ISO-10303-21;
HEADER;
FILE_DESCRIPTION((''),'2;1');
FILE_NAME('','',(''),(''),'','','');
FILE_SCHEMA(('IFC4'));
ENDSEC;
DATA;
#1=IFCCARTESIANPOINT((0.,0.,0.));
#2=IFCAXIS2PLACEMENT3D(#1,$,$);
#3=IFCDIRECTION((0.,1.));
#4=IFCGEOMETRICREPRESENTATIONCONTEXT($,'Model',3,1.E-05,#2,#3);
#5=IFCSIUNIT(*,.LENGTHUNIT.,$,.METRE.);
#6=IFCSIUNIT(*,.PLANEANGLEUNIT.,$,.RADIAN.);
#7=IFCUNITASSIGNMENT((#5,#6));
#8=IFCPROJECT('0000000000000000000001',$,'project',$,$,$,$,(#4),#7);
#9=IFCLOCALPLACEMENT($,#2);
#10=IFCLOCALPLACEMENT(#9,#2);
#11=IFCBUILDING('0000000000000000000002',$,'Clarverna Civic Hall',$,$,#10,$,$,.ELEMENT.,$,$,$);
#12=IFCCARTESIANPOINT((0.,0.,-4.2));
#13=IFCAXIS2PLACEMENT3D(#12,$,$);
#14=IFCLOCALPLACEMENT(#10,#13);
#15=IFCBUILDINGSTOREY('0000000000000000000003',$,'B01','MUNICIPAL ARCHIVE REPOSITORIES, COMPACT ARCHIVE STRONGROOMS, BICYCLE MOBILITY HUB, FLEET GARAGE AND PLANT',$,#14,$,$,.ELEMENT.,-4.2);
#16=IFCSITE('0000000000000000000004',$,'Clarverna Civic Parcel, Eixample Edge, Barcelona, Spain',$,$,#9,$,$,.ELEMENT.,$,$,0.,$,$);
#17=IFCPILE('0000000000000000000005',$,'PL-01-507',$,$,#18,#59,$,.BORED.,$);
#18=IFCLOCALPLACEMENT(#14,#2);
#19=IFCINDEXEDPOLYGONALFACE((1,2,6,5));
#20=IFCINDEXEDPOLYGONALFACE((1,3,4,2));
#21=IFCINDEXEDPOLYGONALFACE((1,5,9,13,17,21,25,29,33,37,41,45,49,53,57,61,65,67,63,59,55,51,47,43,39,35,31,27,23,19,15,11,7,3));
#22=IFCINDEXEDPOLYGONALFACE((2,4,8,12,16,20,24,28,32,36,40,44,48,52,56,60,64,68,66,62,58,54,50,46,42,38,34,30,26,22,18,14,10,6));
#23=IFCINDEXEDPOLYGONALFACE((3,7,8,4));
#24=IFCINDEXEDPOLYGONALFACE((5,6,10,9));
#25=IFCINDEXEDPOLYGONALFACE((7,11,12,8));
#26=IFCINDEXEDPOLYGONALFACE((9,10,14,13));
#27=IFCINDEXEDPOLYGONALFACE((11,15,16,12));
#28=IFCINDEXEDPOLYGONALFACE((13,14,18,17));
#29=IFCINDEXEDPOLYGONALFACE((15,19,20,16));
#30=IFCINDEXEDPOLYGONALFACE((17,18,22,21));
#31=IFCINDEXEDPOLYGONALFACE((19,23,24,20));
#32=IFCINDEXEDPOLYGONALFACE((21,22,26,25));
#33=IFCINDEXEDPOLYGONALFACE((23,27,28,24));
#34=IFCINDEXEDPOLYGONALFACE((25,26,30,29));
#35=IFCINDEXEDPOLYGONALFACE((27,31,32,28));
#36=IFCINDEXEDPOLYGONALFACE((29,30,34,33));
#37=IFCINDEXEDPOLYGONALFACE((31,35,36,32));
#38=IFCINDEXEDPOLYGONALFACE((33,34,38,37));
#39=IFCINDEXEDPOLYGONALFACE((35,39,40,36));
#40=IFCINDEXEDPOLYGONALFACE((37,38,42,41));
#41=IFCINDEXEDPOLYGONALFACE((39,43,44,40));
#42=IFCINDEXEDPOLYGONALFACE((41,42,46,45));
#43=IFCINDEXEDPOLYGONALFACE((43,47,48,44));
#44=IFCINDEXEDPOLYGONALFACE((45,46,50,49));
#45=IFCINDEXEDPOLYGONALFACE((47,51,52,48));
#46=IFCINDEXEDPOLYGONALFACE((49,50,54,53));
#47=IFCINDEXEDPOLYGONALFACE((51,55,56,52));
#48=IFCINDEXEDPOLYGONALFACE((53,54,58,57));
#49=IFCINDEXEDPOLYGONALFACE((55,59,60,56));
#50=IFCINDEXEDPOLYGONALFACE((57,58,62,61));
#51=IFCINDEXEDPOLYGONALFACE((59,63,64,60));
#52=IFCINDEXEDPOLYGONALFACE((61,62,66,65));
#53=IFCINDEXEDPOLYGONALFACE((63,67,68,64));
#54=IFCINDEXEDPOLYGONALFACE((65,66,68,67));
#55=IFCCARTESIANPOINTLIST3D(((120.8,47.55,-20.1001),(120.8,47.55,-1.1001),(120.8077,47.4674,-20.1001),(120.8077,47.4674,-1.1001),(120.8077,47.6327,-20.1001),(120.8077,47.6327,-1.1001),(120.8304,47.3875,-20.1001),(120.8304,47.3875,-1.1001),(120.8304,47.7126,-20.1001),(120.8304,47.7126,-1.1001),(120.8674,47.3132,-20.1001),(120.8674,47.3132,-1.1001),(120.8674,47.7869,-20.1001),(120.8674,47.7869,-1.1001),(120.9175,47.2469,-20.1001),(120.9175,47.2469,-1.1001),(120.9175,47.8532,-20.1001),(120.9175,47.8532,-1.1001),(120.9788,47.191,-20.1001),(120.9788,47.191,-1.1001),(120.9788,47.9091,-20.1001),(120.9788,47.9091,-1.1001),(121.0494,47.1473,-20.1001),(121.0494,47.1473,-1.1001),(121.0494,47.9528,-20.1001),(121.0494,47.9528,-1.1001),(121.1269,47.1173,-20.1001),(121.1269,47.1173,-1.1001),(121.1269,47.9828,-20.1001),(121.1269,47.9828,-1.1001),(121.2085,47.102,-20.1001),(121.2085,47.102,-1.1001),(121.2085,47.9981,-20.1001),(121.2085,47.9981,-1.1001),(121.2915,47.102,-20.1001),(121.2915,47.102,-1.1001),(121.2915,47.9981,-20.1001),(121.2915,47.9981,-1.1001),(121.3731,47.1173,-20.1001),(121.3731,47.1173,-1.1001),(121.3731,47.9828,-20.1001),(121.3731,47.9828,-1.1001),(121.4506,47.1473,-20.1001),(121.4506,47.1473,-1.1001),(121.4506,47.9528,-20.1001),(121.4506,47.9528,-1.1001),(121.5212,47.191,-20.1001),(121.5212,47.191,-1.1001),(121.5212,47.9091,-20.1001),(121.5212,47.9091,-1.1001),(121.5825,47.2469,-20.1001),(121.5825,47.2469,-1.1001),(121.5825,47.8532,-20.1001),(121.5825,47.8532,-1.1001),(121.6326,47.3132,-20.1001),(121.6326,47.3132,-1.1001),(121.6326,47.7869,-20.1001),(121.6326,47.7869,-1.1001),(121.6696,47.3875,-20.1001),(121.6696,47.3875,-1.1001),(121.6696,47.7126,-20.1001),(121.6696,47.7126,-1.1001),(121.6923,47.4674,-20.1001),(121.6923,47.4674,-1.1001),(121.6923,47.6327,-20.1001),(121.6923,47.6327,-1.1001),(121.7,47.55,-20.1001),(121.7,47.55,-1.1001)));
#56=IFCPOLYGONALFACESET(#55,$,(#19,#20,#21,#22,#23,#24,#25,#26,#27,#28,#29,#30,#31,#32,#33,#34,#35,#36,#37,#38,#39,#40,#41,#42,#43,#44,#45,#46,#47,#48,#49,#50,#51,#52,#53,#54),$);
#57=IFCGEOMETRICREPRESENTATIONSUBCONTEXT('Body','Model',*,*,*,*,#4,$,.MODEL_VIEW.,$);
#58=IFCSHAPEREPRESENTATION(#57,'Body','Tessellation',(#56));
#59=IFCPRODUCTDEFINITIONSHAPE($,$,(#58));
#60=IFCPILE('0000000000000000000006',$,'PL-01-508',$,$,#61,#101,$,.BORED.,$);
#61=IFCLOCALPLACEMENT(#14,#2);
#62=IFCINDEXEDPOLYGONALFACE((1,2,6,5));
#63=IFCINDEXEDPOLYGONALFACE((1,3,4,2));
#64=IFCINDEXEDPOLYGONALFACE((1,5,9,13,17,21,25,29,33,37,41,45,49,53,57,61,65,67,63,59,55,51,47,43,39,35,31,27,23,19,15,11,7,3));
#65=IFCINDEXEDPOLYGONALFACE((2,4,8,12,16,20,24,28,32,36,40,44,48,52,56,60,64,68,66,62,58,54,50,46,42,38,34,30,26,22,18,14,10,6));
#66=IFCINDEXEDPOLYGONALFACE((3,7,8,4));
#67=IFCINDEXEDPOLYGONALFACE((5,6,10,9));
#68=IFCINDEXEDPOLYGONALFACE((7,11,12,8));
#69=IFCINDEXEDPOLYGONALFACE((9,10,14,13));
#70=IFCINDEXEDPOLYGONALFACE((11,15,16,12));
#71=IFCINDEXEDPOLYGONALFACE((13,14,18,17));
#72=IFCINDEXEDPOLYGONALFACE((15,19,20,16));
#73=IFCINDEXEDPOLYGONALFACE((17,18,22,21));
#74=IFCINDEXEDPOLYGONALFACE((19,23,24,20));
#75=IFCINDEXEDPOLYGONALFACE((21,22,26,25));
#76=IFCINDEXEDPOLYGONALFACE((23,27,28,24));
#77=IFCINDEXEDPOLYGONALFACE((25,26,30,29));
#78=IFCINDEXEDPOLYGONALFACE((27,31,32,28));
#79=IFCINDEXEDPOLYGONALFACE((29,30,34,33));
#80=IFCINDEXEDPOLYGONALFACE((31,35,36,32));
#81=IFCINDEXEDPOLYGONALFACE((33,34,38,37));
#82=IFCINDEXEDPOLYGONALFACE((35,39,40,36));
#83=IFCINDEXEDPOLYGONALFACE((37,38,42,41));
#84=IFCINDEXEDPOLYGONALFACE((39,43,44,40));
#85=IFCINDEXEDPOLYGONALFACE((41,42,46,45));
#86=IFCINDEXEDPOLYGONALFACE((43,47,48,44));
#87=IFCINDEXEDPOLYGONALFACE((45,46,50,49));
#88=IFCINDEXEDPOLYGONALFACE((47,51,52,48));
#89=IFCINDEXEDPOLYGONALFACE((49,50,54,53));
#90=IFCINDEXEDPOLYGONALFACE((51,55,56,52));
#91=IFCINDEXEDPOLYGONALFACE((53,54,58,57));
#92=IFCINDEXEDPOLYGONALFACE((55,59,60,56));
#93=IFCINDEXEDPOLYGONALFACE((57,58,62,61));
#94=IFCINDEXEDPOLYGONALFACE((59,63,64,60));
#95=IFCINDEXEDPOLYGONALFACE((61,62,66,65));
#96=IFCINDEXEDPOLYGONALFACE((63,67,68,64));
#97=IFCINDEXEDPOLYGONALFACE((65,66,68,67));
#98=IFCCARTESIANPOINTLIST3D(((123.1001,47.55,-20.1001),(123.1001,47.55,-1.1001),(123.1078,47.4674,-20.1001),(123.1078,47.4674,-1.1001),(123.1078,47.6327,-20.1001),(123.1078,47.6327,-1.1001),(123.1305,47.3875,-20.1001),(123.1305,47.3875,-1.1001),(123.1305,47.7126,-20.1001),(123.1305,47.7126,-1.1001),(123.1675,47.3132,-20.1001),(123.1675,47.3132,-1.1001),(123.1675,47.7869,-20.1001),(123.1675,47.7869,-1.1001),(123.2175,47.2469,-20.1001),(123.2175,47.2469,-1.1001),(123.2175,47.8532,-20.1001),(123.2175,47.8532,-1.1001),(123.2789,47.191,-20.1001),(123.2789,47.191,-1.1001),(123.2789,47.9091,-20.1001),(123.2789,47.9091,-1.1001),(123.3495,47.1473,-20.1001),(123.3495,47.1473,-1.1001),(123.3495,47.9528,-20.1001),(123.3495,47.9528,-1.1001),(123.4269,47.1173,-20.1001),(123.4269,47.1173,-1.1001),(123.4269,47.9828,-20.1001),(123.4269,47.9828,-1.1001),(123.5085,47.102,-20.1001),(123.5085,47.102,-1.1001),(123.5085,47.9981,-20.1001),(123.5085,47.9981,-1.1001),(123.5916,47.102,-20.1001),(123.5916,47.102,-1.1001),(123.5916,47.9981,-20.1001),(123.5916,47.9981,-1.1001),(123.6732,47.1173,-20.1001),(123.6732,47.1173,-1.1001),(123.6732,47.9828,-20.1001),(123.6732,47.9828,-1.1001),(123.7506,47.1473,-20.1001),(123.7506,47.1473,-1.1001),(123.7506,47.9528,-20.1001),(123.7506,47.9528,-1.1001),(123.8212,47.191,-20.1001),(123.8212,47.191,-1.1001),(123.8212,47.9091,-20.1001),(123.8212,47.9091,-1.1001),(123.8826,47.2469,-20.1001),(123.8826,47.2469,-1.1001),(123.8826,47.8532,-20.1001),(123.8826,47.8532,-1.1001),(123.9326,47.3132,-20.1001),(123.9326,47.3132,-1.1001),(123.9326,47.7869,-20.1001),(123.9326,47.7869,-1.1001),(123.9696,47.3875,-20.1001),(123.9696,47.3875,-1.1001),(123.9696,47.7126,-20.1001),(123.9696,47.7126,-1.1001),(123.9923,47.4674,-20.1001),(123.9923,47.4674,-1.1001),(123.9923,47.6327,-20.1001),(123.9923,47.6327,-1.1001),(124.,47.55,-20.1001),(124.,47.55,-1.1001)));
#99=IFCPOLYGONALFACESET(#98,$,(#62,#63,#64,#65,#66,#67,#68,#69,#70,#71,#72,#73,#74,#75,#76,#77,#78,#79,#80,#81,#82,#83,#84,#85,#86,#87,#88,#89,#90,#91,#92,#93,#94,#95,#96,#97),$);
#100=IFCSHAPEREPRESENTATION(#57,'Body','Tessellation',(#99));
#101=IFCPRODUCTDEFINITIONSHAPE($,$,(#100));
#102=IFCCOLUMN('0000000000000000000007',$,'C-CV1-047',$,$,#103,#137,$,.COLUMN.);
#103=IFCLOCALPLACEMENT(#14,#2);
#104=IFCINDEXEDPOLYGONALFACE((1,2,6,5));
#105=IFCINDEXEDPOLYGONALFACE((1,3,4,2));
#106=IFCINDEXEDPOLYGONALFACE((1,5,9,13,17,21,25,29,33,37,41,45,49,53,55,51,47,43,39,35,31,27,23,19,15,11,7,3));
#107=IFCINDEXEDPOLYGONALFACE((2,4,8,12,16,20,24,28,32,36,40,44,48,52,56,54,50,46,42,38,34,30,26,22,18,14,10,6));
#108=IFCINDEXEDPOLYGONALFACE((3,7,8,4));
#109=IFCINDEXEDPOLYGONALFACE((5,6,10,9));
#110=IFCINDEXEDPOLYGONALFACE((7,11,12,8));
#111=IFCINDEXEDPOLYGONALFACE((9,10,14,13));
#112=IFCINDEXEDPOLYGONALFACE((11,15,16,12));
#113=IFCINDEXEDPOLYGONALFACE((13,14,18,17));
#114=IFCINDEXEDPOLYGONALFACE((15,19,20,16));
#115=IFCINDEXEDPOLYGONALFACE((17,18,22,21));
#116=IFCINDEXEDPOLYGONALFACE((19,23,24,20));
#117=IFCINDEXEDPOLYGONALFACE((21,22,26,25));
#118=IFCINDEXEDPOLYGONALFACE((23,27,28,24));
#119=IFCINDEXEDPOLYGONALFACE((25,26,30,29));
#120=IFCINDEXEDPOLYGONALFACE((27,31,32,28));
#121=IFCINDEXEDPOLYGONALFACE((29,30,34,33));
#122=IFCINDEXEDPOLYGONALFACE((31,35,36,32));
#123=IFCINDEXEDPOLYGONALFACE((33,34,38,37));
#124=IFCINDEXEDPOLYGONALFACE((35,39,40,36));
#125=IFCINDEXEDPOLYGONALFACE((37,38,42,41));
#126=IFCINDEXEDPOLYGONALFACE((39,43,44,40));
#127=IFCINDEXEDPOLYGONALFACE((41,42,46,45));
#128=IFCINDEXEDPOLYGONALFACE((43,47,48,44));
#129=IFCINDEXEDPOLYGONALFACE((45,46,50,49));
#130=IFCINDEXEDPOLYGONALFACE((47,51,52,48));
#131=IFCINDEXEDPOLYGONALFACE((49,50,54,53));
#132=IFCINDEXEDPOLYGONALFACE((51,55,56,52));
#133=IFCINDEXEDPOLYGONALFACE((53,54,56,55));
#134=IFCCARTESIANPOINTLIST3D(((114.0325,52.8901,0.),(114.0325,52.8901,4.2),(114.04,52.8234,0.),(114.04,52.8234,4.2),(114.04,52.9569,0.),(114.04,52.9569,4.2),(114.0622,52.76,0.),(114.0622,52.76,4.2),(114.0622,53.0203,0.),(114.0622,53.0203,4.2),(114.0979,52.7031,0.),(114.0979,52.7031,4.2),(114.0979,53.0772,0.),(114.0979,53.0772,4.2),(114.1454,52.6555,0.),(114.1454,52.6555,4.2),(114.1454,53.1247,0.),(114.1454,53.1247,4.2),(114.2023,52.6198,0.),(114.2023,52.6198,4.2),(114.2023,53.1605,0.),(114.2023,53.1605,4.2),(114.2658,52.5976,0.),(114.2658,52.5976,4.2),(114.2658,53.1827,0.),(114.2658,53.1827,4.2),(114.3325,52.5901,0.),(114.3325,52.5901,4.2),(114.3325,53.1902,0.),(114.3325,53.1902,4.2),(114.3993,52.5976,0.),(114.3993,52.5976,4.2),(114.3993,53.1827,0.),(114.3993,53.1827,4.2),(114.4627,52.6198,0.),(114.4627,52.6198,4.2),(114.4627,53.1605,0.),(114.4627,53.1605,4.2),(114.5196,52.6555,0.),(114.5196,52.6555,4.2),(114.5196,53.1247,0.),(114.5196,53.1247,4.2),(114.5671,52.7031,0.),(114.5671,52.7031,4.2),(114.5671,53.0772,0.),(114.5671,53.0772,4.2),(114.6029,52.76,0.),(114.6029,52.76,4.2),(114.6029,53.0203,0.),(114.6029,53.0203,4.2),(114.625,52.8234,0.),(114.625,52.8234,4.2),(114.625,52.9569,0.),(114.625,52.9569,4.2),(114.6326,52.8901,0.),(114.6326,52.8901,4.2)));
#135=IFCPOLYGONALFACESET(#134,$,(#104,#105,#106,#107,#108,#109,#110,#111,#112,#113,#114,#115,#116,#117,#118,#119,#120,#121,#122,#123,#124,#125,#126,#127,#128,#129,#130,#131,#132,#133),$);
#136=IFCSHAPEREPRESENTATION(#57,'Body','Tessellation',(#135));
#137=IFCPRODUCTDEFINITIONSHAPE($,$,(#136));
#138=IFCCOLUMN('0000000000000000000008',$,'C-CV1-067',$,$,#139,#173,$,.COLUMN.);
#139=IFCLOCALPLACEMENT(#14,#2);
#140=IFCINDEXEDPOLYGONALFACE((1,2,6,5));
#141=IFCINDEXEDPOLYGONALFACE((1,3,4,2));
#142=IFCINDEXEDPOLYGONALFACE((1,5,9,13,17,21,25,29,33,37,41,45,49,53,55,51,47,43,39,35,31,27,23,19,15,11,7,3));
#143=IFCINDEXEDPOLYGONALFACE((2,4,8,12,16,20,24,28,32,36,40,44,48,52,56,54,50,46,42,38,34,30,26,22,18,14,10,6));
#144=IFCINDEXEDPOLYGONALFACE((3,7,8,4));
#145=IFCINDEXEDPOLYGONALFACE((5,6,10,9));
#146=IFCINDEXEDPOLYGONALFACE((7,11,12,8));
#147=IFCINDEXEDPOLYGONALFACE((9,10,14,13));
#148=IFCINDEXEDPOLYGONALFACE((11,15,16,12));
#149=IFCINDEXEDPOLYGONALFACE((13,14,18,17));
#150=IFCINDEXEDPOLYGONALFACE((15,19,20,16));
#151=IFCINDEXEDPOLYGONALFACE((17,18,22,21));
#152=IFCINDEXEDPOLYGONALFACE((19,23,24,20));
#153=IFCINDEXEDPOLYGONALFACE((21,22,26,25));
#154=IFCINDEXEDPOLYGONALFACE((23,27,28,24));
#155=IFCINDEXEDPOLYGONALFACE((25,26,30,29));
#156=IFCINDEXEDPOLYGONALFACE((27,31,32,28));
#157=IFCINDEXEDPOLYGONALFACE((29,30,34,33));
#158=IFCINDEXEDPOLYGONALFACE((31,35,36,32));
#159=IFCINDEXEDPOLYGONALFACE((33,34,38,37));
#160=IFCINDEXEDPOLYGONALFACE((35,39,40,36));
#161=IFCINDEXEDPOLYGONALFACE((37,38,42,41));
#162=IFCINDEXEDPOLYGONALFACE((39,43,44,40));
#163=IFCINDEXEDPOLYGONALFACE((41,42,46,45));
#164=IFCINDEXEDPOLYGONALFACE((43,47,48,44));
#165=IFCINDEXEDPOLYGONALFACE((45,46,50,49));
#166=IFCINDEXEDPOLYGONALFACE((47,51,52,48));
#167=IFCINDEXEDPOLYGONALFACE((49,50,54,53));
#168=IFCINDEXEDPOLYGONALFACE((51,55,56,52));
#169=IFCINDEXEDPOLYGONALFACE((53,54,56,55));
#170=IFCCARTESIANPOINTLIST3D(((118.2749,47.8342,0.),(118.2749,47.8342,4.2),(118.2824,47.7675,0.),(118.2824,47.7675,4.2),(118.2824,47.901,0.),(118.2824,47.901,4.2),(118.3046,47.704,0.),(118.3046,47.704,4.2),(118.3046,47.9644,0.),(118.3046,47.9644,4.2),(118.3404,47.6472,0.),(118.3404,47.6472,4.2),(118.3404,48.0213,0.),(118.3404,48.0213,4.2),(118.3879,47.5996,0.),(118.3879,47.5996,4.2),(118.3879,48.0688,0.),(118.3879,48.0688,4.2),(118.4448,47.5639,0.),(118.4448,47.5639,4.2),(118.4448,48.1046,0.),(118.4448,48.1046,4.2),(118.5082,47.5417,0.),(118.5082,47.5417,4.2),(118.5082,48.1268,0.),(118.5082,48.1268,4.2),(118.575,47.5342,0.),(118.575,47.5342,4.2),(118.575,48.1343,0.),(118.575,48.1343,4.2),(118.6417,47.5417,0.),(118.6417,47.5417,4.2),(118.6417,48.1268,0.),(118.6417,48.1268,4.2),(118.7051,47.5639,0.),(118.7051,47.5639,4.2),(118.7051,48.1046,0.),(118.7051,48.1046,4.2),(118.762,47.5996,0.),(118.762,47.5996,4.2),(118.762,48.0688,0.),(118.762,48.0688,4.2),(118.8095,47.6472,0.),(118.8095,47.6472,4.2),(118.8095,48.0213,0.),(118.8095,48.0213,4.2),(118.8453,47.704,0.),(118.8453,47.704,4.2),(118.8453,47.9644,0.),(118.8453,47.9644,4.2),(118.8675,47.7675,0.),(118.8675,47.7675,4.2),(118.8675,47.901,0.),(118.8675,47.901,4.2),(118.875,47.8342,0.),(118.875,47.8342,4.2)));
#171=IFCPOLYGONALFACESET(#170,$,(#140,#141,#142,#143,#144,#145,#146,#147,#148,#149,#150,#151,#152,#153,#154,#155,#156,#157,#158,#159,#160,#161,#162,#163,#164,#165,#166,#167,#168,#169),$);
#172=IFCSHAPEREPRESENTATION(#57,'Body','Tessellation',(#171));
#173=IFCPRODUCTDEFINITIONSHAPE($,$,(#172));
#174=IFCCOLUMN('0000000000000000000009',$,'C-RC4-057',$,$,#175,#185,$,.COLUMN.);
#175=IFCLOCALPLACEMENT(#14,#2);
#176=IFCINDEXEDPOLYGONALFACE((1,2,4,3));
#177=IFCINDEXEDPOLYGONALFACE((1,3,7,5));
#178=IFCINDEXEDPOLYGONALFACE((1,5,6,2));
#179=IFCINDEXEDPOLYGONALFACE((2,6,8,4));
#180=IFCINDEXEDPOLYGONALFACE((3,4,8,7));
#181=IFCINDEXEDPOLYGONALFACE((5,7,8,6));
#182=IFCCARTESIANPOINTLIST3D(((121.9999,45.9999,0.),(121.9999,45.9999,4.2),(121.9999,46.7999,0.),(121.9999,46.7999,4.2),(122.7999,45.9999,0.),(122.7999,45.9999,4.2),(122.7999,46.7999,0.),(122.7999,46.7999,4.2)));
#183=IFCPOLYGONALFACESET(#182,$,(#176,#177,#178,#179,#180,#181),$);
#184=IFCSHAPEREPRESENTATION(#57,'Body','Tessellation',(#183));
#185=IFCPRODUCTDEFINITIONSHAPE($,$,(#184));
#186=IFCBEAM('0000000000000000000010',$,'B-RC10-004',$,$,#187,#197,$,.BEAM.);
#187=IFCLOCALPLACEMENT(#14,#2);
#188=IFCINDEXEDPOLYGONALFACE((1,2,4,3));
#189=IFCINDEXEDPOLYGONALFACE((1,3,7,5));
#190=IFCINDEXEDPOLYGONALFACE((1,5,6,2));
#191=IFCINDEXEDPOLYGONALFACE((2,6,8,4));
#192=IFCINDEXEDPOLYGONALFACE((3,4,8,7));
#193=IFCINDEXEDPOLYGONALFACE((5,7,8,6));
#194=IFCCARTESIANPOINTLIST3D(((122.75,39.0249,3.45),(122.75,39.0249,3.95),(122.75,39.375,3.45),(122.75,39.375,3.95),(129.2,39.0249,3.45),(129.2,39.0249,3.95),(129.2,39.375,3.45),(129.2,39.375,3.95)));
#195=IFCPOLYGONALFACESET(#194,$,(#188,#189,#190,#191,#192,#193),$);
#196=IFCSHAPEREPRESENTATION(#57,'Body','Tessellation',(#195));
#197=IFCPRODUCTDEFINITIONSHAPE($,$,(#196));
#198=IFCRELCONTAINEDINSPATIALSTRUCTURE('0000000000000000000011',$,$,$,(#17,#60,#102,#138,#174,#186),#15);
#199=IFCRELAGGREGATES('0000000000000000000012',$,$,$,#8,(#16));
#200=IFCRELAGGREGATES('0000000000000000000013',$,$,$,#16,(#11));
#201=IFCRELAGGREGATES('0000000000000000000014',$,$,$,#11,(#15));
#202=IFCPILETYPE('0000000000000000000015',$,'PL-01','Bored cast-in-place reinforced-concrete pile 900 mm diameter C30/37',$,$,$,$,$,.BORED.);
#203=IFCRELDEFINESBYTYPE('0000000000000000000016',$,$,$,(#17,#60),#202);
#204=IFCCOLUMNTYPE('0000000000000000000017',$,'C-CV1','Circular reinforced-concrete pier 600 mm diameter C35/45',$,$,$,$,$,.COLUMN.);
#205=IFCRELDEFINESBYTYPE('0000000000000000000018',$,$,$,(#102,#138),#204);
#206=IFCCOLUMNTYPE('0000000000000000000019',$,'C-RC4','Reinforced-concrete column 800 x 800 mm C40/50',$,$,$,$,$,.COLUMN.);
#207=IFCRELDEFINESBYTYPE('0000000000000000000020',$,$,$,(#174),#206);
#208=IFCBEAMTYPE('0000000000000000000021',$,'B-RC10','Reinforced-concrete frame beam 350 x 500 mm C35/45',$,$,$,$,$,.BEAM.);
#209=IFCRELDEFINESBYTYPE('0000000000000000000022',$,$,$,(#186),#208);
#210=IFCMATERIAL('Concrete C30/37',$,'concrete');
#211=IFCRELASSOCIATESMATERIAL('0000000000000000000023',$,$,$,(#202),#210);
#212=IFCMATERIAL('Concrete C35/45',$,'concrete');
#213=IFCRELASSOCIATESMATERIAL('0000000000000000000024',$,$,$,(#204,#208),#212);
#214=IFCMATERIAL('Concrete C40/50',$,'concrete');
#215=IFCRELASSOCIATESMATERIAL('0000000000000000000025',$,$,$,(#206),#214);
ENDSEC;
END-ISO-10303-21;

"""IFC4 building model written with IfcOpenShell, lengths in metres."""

from ifc_helpers import new_model, si_unit, direction, frame, origin, origin_2d, place, context, subcontext, project, spatial, rectangle, circle, extrude, material, material_profile, profile_set, type_object, element, save


model = new_model("IFC4")

# Units and contexts
model_context = context("Model", 3, precision=1e-05, world=origin(), true_north=direction((0.0, 1.0)))
body_context = subcontext(model_context, "Body", "Model", "MODEL_VIEW")
ifc_project = project(units=[si_unit("LENGTHUNIT", "METRE"), si_unit("PLANEANGLEUNIT", "RADIAN")], contexts=[model_context])

# Site, building, storey
site_placement = place(None, origin())
site = spatial("IfcSite", under=ifc_project, at=site_placement, Name="Clarverna Civic Parcel, Eixample Edge, Barcelona, Spain", CompositionType="ELEMENT", RefElevation=0.0)
building_placement = place(site_placement, origin())
building = spatial("IfcBuilding", under=site, at=building_placement, Name="Clarverna Civic Hall", CompositionType="ELEMENT")
storey_placement = place(building_placement, frame((0.0, 0.0, -4.2)))
storey = spatial("IfcBuildingStorey", under=building, at=storey_placement, Name="B01", Description="MUNICIPAL ARCHIVE REPOSITORIES, COMPACT ARCHIVE STRONGROOMS, BICYCLE MOBILITY HUB, FLEET GARAGE AND PLANT", CompositionType="ELEMENT", Elevation=-4.2)

# Shared definitions
ifc_material_1 = material(Name="Concrete C30/37", Category="concrete")

# Piles
ifc_material_profile_1 = material_profile(ifc_material_1, circle(Radius=0.45, at=origin_2d()), Name="BORED PILE D900")
ifc_profile_set_1 = profile_set([ifc_material_profile_1], Name="Concrete C30/37")
pile_type = type_object("IfcPileType", Name="PL-01", Description="Bored cast-in-place reinforced-concrete pile 900 mm diameter C30/37", PredefinedType="BORED", material=ifc_profile_set_1)
for number, where, z_axis, x_axis, name in (
    (1, (121.25, 47.55, -1.1001), (0.0, 0.0, -1.0), (1.0, 0.0, 0.0), "PL-01-507"),
    (2, (123.55, 47.55, -1.1001), (0.0, 0.0, -1.0), (1.0, 0.0, 0.0), "PL-01-508"),
):
    element("IfcPile", number, at=place(storey_placement, frame(where, z_axis=z_axis, x_axis=x_axis)), inside=storey, type_object=pile_type, Name=name, PredefinedType="BORED", context=body_context, shape_type="SweptSolid", body=[
        extrude(circle(Radius=0.45, at=origin_2d()), origin(), (0.0, 0.0, 1.0), 19.0),
    ])

# Columns
ifc_material_2 = material(Name="Concrete C35/45", Category="concrete")
ifc_material_profile_2 = material_profile(ifc_material_2, circle(Radius=0.3, at=origin_2d()), Name="RC D600")
ifc_profile_set_2 = profile_set([ifc_material_profile_2], Name="Concrete C35/45")
column_type_1 = type_object("IfcColumnType", Name="C-CV1", Description="Circular reinforced-concrete pier 600 mm diameter C35/45", PredefinedType="COLUMN", material=ifc_profile_set_2)
for number, where, z_axis, x_axis, name in (
    (3, (114.3325, 52.8901, 0.0), (0.0, 0.0, 1.0), (1.0, 0.0, 0.0), "C-CV1-047"),
    (4, (118.575, 47.8342, 0.0), (0.0, 0.0, 1.0), (1.0, 0.0, 0.0), "C-CV1-067"),
):
    element("IfcColumn", number, at=place(storey_placement, frame(where, z_axis=z_axis, x_axis=x_axis)), inside=storey, type_object=column_type_1, Name=name, PredefinedType="COLUMN", context=body_context, shape_type="SweptSolid", body=[
        extrude(circle(Radius=0.3, at=origin_2d()), origin(), (0.0, 0.0, 1.0), 4.2),
    ])
ifc_material_3 = material(Name="Concrete C40/50", Category="concrete")
ifc_material_profile_3 = material_profile(ifc_material_3, rectangle(XDim=0.8, YDim=0.8, at=origin_2d()), Name="RC 800x800")
ifc_profile_set_3 = profile_set([ifc_material_profile_3], Name="Concrete C40/50")
column_type_2 = type_object("IfcColumnType", Name="C-RC4", Description="Reinforced-concrete column 800 x 800 mm C40/50", PredefinedType="COLUMN", material=ifc_profile_set_3)
column_placement = place(storey_placement, frame((122.3999, 46.3999, 0.0), z_axis=(0.0, 0.0, 1.0), x_axis=(1.0, 0.0, 0.0)))
element("IfcColumn", 5, at=column_placement, inside=storey, type_object=column_type_2, Name="C-RC4-057", PredefinedType="COLUMN", context=body_context, shape_type="SweptSolid", body=[
    extrude(rectangle(XDim=0.8, YDim=0.8, at=origin_2d()), origin(), (0.0, 0.0, 1.0), 4.2),
])

# Beam
ifc_material_profile_4 = material_profile(ifc_material_2, rectangle(XDim=0.3501, YDim=0.5, at=origin_2d()), Name="RC 350x500")
ifc_profile_set_4 = profile_set([ifc_material_profile_4], Name="Concrete C35/45")
beam_type_1 = type_object("IfcBeamType", Name="B-RC10", Description="Reinforced-concrete frame beam 350 x 500 mm C35/45", PredefinedType="BEAM", material=ifc_profile_set_4)
beam_1_placement = place(storey_placement, frame((122.75, 39.2, 3.7), z_axis=(1.0, 0.0, 0.0), x_axis=(0.0, 1.0, 0.0)))
element("IfcBeam", 6, at=beam_1_placement, inside=storey, type_object=beam_type_1, Name="B-RC10-004", PredefinedType="BEAM", context=body_context, shape_type="SweptSolid", body=[
    extrude(rectangle(XDim=0.3501, YDim=0.5, at=origin_2d()), origin(), (0.0, 0.0, 1.0), 6.45),
])

save(model, "model.ifc")
